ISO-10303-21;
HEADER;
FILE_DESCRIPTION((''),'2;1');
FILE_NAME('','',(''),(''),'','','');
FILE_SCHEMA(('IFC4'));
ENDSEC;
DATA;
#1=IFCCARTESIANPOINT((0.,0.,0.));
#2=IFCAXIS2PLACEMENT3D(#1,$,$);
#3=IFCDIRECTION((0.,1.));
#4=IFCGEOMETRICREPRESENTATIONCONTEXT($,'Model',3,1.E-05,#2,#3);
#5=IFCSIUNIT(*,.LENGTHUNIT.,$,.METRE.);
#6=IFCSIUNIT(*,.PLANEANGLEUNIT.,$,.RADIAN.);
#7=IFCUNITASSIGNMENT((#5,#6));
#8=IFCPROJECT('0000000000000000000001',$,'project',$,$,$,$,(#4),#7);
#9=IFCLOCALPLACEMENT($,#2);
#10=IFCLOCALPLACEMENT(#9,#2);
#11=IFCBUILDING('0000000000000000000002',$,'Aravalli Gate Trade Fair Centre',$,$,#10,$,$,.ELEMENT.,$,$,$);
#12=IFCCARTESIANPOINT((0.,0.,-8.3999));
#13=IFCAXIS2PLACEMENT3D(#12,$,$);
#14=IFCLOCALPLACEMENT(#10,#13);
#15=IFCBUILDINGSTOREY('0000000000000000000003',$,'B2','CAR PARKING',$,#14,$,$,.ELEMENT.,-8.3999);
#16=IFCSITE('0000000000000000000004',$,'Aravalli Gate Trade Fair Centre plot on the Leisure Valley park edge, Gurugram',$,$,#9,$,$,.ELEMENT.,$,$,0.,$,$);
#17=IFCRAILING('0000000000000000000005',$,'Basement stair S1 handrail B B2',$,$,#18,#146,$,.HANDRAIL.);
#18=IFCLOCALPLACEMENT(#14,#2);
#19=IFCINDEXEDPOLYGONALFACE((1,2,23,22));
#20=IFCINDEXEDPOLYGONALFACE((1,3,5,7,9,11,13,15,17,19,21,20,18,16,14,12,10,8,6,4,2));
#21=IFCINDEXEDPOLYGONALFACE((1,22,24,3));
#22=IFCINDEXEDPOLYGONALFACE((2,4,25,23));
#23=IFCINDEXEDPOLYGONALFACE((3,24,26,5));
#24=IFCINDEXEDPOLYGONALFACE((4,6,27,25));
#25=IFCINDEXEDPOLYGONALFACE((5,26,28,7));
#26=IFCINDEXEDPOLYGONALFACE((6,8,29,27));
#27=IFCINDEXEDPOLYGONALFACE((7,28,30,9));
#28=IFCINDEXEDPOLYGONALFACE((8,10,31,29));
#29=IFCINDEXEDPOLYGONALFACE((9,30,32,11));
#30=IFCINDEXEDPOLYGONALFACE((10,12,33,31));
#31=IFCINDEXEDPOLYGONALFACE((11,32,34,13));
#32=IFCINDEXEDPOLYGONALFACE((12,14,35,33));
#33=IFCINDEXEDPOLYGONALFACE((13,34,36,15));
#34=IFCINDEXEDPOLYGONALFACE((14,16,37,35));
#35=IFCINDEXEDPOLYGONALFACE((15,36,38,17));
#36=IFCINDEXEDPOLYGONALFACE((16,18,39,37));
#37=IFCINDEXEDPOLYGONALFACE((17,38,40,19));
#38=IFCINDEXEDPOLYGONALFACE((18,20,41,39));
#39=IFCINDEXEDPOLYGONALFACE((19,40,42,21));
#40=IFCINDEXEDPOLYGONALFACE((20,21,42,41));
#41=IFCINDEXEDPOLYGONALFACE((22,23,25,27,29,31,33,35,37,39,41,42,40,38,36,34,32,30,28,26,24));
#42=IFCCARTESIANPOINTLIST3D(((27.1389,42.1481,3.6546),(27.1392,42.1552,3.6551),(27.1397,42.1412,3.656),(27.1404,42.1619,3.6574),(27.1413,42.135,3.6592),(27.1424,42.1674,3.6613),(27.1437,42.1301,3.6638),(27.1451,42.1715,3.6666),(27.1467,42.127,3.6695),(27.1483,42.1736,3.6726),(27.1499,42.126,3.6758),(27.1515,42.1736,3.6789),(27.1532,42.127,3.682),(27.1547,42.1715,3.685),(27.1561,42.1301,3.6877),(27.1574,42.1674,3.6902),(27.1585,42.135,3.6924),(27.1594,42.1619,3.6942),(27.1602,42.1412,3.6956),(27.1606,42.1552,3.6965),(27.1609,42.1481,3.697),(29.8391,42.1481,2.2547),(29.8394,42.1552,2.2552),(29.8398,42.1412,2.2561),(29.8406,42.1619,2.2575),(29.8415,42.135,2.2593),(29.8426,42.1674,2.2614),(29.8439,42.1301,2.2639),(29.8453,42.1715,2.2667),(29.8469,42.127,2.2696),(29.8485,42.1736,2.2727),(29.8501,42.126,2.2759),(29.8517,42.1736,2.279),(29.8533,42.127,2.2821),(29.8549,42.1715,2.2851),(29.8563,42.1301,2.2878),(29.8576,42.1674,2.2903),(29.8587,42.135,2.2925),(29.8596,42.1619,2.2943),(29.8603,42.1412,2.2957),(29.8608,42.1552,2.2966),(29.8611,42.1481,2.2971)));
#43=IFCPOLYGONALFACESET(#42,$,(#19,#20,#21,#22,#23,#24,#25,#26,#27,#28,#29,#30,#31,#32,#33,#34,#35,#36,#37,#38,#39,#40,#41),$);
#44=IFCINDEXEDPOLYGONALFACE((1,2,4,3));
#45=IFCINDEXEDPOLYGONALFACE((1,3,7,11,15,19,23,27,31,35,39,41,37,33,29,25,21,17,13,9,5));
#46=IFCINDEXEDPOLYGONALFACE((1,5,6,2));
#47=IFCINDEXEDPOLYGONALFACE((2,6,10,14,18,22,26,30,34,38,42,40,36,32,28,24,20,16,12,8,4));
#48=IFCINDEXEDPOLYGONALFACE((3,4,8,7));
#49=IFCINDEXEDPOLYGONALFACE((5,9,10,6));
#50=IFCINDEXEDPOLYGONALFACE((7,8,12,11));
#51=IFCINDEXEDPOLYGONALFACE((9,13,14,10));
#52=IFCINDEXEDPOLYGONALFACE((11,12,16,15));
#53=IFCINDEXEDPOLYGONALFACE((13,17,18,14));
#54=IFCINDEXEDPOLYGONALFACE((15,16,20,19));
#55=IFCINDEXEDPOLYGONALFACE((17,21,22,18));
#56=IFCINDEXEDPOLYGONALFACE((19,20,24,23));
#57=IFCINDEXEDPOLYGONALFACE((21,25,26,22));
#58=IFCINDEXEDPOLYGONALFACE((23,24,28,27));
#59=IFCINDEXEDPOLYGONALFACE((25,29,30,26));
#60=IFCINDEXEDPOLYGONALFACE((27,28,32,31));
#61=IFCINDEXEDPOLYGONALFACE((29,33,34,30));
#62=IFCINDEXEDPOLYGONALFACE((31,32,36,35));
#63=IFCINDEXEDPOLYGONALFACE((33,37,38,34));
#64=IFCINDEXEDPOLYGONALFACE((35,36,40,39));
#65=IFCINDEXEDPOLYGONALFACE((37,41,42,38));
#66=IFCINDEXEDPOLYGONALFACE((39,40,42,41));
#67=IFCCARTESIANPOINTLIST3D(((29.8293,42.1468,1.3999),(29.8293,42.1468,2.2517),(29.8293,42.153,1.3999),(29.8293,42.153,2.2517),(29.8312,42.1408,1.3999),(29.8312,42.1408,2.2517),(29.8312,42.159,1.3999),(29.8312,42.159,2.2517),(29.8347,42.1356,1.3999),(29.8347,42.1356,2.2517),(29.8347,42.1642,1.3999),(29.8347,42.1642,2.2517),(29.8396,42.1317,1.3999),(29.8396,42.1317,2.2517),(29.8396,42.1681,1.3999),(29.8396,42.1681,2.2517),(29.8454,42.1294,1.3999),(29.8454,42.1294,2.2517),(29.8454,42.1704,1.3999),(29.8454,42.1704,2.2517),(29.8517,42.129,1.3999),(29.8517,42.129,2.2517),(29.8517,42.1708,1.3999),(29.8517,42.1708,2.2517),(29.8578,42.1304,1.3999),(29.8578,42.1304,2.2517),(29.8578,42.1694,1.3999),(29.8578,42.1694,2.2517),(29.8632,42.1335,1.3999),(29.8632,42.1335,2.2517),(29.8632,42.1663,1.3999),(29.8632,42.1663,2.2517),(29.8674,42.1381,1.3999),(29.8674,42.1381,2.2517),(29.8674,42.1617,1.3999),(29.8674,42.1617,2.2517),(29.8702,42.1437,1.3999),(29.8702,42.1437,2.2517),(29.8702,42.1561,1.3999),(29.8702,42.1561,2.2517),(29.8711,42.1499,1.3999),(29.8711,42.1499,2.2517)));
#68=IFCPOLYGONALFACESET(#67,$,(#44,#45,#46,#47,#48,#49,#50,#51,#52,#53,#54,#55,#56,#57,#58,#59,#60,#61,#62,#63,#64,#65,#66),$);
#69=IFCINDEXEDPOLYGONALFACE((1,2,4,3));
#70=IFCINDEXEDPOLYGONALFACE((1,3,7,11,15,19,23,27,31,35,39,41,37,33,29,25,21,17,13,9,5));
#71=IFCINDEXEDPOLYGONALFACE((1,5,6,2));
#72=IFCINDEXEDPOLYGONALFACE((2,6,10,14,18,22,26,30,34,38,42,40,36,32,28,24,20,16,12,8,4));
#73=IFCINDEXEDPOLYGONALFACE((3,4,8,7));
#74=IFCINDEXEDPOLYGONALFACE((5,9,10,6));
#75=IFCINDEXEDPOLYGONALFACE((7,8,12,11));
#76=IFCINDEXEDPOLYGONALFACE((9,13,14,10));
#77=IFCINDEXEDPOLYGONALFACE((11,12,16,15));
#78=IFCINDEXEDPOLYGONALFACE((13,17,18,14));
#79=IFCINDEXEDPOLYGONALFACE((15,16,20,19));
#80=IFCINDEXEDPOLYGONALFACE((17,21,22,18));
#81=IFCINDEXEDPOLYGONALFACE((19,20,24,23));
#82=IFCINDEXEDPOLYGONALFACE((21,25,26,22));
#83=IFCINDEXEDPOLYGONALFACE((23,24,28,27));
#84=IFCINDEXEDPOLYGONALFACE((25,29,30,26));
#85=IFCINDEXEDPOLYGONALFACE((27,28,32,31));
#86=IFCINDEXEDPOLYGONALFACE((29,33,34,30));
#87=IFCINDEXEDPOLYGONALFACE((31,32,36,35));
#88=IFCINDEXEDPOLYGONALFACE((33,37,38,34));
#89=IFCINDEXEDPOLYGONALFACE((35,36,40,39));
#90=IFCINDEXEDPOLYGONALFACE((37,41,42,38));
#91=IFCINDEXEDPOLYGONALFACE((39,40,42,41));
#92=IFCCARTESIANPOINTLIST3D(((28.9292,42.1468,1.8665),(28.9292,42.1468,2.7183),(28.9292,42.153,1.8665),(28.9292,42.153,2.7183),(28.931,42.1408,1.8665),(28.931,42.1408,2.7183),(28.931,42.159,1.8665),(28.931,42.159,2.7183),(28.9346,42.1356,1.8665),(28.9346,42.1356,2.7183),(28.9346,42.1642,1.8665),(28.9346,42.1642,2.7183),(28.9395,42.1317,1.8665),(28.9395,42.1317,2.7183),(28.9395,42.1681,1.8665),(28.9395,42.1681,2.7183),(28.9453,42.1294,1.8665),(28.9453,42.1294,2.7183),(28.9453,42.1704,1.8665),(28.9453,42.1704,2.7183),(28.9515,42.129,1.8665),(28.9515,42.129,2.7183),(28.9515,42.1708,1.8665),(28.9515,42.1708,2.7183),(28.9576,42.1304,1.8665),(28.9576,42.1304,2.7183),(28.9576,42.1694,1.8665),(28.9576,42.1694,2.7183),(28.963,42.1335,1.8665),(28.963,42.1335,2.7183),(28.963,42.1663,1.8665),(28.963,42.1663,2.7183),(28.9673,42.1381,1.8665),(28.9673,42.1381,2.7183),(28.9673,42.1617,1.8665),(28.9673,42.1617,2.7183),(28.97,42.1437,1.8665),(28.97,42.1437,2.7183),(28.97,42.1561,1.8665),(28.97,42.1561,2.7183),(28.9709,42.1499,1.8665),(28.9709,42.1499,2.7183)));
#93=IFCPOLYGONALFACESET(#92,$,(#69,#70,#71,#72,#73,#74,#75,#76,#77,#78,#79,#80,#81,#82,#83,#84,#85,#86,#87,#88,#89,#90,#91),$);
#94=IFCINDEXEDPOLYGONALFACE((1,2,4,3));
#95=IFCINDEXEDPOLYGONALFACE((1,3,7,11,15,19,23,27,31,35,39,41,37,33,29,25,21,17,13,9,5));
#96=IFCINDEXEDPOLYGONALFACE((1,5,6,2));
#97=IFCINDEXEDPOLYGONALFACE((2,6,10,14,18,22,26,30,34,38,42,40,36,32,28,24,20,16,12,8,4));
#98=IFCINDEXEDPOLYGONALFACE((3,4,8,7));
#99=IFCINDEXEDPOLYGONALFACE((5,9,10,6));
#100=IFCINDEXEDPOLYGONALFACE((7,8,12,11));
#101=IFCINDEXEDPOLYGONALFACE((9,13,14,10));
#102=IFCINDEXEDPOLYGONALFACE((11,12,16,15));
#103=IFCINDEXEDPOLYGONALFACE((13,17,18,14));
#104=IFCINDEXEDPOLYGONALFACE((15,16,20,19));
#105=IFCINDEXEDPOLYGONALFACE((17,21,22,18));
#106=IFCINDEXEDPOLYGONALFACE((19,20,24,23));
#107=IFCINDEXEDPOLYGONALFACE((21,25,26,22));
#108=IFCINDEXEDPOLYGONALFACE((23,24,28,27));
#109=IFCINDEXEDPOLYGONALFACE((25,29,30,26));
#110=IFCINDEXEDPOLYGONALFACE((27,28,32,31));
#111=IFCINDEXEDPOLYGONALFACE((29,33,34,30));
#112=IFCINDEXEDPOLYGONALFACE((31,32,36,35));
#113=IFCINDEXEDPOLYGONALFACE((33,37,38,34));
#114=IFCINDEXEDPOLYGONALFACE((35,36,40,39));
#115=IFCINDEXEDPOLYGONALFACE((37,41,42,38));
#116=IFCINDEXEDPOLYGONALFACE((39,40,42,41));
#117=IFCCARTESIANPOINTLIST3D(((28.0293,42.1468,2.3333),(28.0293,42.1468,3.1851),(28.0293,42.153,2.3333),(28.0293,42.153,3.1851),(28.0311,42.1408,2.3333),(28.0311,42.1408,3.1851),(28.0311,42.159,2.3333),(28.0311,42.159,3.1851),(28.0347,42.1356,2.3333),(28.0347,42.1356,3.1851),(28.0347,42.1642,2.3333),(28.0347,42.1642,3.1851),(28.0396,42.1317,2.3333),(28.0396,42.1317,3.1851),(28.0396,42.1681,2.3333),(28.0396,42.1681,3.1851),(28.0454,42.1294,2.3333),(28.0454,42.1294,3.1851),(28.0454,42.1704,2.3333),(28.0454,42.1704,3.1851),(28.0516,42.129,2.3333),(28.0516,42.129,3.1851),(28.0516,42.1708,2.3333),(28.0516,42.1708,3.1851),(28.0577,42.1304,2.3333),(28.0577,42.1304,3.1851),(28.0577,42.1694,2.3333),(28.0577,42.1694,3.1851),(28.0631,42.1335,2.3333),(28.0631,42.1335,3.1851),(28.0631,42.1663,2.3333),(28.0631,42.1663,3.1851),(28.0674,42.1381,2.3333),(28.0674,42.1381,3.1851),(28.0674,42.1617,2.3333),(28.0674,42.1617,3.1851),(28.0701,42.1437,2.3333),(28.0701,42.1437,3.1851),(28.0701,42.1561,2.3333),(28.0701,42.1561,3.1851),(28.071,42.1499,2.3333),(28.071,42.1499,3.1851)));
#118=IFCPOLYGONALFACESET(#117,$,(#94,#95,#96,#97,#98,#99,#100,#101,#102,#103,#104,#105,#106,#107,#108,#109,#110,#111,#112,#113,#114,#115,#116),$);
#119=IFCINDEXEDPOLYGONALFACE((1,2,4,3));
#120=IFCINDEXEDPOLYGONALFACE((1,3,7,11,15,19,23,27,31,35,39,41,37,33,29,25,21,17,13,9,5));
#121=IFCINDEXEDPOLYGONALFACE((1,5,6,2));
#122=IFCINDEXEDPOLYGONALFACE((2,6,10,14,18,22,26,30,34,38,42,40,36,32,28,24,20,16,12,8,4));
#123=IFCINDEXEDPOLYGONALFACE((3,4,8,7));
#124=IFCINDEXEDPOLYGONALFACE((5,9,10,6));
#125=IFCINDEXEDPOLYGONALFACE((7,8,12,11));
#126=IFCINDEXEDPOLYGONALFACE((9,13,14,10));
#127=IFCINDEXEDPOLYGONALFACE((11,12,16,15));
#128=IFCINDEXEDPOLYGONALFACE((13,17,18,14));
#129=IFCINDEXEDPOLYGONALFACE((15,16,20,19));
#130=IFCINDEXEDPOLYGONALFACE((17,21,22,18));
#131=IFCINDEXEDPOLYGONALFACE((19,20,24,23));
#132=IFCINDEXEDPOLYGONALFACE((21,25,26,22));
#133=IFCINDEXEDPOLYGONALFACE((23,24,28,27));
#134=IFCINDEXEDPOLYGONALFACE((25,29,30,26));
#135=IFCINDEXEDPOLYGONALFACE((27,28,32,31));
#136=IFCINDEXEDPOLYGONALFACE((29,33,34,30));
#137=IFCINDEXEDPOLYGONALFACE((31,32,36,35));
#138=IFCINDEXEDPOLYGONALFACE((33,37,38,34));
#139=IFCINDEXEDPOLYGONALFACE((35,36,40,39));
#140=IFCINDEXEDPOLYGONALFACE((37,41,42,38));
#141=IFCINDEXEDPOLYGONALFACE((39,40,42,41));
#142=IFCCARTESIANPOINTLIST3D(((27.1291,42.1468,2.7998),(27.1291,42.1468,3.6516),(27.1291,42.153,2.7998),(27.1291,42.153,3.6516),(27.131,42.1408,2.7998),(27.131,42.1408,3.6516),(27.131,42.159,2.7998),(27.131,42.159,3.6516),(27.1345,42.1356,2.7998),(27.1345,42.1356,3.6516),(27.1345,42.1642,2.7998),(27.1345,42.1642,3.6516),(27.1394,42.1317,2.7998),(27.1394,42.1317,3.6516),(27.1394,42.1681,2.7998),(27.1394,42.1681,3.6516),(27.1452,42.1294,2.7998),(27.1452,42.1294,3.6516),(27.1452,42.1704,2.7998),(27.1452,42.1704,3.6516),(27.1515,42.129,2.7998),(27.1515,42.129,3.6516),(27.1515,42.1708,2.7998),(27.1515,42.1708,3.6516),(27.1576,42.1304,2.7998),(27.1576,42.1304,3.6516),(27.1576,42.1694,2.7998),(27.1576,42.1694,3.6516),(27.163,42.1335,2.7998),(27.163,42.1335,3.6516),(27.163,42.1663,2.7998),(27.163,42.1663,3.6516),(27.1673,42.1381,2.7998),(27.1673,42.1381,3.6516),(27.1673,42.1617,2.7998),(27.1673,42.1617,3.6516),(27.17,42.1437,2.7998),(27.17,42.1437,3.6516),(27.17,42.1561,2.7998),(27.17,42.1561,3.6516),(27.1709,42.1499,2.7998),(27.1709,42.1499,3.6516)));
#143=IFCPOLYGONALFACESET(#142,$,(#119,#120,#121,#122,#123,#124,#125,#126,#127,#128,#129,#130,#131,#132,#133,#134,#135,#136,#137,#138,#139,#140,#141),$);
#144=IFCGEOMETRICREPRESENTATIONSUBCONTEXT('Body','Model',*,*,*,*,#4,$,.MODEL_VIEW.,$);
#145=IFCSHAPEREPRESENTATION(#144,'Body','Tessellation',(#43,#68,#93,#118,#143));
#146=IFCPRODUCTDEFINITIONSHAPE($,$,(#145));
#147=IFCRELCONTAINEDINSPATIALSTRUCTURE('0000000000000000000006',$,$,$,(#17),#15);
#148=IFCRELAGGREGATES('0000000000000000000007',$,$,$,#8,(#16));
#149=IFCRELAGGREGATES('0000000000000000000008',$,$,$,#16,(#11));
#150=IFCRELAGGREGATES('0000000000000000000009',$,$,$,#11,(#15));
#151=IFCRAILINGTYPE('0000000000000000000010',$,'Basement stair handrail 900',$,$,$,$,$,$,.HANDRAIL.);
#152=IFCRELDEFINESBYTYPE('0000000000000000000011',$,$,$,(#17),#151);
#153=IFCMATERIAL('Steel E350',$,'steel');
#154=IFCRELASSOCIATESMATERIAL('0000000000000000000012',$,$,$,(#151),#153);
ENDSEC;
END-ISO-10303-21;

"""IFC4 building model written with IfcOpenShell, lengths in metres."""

from ifc_helpers import new_model, si_unit, direction, frame, origin, origin_2d, place, context, subcontext, project, spatial, circle, extrude, material, type_object, element, save


model = new_model("IFC4")

# Units and contexts
model_context = context("Model", 3, precision=1e-05, world=origin(), true_north=direction((0.0, 1.0)))
body_context = subcontext(model_context, "Body", "Model", "MODEL_VIEW")
ifc_project = project(units=[si_unit("LENGTHUNIT", "METRE"), si_unit("PLANEANGLEUNIT", "RADIAN")], contexts=[model_context])

# Site, building, storey
site_placement = place(None, origin())
site = spatial("IfcSite", under=ifc_project, at=site_placement, Name="Aravalli Gate Trade Fair Centre plot on the Leisure Valley park edge, Gurugram", CompositionType="ELEMENT", RefElevation=0.0)
building_placement = place(site_placement, origin())
building = spatial("IfcBuilding", under=site, at=building_placement, Name="Aravalli Gate Trade Fair Centre", CompositionType="ELEMENT")
storey_placement = place(building_placement, frame((0.0, 0.0, -8.3999)))
storey = spatial("IfcBuildingStorey", under=building, at=storey_placement, Name="B2", Description="CAR PARKING", CompositionType="ELEMENT", Elevation=-8.3999)

# Railing
ifc_material_1 = material(Name="Steel E350", Category="steel")
railing_type_1 = type_object("IfcRailingType", Name="Basement stair handrail 900", PredefinedType="HANDRAIL", material=ifc_material_1)
railing_1_placement = place(storey_placement, frame((29.8501, 42.1499, 1.3999)))
element("IfcRailing", 1, at=railing_1_placement, inside=storey, type_object=railing_type_1, Name="Basement stair S1 handrail B B2", PredefinedType="HANDRAIL", context=body_context, shape_type="SweptSolid", body=[
    extrude(circle(Radius=0.0239, at=origin_2d()), frame((0.0, 0.0, 0.876), z_axis=(-0.887781, 0.0, 0.460266), x_axis=(0.0, -1.0, 0.0)), (0.0, 0.0, 1.0), 3.0415),
    extrude(circle(Radius=0.021, at=origin_2d()), origin(), (0.0, 0.0, 1.0), 0.8518),
    extrude(circle(Radius=0.021, at=origin_2d()), frame((-0.9001, 0.0, 0.4666)), (0.0, 0.0, 1.0), 0.8518),
    extrude(circle(Radius=0.021, at=origin_2d()), frame((-1.8, 0.0, 0.9333)), (0.0, 0.0, 1.0), 0.8518),
    extrude(circle(Radius=0.021, at=origin_2d()), frame((-2.7002, 0.0, 1.3999)), (0.0, 0.0, 1.0), 0.8518),
])

save(model, "model.ifc")
